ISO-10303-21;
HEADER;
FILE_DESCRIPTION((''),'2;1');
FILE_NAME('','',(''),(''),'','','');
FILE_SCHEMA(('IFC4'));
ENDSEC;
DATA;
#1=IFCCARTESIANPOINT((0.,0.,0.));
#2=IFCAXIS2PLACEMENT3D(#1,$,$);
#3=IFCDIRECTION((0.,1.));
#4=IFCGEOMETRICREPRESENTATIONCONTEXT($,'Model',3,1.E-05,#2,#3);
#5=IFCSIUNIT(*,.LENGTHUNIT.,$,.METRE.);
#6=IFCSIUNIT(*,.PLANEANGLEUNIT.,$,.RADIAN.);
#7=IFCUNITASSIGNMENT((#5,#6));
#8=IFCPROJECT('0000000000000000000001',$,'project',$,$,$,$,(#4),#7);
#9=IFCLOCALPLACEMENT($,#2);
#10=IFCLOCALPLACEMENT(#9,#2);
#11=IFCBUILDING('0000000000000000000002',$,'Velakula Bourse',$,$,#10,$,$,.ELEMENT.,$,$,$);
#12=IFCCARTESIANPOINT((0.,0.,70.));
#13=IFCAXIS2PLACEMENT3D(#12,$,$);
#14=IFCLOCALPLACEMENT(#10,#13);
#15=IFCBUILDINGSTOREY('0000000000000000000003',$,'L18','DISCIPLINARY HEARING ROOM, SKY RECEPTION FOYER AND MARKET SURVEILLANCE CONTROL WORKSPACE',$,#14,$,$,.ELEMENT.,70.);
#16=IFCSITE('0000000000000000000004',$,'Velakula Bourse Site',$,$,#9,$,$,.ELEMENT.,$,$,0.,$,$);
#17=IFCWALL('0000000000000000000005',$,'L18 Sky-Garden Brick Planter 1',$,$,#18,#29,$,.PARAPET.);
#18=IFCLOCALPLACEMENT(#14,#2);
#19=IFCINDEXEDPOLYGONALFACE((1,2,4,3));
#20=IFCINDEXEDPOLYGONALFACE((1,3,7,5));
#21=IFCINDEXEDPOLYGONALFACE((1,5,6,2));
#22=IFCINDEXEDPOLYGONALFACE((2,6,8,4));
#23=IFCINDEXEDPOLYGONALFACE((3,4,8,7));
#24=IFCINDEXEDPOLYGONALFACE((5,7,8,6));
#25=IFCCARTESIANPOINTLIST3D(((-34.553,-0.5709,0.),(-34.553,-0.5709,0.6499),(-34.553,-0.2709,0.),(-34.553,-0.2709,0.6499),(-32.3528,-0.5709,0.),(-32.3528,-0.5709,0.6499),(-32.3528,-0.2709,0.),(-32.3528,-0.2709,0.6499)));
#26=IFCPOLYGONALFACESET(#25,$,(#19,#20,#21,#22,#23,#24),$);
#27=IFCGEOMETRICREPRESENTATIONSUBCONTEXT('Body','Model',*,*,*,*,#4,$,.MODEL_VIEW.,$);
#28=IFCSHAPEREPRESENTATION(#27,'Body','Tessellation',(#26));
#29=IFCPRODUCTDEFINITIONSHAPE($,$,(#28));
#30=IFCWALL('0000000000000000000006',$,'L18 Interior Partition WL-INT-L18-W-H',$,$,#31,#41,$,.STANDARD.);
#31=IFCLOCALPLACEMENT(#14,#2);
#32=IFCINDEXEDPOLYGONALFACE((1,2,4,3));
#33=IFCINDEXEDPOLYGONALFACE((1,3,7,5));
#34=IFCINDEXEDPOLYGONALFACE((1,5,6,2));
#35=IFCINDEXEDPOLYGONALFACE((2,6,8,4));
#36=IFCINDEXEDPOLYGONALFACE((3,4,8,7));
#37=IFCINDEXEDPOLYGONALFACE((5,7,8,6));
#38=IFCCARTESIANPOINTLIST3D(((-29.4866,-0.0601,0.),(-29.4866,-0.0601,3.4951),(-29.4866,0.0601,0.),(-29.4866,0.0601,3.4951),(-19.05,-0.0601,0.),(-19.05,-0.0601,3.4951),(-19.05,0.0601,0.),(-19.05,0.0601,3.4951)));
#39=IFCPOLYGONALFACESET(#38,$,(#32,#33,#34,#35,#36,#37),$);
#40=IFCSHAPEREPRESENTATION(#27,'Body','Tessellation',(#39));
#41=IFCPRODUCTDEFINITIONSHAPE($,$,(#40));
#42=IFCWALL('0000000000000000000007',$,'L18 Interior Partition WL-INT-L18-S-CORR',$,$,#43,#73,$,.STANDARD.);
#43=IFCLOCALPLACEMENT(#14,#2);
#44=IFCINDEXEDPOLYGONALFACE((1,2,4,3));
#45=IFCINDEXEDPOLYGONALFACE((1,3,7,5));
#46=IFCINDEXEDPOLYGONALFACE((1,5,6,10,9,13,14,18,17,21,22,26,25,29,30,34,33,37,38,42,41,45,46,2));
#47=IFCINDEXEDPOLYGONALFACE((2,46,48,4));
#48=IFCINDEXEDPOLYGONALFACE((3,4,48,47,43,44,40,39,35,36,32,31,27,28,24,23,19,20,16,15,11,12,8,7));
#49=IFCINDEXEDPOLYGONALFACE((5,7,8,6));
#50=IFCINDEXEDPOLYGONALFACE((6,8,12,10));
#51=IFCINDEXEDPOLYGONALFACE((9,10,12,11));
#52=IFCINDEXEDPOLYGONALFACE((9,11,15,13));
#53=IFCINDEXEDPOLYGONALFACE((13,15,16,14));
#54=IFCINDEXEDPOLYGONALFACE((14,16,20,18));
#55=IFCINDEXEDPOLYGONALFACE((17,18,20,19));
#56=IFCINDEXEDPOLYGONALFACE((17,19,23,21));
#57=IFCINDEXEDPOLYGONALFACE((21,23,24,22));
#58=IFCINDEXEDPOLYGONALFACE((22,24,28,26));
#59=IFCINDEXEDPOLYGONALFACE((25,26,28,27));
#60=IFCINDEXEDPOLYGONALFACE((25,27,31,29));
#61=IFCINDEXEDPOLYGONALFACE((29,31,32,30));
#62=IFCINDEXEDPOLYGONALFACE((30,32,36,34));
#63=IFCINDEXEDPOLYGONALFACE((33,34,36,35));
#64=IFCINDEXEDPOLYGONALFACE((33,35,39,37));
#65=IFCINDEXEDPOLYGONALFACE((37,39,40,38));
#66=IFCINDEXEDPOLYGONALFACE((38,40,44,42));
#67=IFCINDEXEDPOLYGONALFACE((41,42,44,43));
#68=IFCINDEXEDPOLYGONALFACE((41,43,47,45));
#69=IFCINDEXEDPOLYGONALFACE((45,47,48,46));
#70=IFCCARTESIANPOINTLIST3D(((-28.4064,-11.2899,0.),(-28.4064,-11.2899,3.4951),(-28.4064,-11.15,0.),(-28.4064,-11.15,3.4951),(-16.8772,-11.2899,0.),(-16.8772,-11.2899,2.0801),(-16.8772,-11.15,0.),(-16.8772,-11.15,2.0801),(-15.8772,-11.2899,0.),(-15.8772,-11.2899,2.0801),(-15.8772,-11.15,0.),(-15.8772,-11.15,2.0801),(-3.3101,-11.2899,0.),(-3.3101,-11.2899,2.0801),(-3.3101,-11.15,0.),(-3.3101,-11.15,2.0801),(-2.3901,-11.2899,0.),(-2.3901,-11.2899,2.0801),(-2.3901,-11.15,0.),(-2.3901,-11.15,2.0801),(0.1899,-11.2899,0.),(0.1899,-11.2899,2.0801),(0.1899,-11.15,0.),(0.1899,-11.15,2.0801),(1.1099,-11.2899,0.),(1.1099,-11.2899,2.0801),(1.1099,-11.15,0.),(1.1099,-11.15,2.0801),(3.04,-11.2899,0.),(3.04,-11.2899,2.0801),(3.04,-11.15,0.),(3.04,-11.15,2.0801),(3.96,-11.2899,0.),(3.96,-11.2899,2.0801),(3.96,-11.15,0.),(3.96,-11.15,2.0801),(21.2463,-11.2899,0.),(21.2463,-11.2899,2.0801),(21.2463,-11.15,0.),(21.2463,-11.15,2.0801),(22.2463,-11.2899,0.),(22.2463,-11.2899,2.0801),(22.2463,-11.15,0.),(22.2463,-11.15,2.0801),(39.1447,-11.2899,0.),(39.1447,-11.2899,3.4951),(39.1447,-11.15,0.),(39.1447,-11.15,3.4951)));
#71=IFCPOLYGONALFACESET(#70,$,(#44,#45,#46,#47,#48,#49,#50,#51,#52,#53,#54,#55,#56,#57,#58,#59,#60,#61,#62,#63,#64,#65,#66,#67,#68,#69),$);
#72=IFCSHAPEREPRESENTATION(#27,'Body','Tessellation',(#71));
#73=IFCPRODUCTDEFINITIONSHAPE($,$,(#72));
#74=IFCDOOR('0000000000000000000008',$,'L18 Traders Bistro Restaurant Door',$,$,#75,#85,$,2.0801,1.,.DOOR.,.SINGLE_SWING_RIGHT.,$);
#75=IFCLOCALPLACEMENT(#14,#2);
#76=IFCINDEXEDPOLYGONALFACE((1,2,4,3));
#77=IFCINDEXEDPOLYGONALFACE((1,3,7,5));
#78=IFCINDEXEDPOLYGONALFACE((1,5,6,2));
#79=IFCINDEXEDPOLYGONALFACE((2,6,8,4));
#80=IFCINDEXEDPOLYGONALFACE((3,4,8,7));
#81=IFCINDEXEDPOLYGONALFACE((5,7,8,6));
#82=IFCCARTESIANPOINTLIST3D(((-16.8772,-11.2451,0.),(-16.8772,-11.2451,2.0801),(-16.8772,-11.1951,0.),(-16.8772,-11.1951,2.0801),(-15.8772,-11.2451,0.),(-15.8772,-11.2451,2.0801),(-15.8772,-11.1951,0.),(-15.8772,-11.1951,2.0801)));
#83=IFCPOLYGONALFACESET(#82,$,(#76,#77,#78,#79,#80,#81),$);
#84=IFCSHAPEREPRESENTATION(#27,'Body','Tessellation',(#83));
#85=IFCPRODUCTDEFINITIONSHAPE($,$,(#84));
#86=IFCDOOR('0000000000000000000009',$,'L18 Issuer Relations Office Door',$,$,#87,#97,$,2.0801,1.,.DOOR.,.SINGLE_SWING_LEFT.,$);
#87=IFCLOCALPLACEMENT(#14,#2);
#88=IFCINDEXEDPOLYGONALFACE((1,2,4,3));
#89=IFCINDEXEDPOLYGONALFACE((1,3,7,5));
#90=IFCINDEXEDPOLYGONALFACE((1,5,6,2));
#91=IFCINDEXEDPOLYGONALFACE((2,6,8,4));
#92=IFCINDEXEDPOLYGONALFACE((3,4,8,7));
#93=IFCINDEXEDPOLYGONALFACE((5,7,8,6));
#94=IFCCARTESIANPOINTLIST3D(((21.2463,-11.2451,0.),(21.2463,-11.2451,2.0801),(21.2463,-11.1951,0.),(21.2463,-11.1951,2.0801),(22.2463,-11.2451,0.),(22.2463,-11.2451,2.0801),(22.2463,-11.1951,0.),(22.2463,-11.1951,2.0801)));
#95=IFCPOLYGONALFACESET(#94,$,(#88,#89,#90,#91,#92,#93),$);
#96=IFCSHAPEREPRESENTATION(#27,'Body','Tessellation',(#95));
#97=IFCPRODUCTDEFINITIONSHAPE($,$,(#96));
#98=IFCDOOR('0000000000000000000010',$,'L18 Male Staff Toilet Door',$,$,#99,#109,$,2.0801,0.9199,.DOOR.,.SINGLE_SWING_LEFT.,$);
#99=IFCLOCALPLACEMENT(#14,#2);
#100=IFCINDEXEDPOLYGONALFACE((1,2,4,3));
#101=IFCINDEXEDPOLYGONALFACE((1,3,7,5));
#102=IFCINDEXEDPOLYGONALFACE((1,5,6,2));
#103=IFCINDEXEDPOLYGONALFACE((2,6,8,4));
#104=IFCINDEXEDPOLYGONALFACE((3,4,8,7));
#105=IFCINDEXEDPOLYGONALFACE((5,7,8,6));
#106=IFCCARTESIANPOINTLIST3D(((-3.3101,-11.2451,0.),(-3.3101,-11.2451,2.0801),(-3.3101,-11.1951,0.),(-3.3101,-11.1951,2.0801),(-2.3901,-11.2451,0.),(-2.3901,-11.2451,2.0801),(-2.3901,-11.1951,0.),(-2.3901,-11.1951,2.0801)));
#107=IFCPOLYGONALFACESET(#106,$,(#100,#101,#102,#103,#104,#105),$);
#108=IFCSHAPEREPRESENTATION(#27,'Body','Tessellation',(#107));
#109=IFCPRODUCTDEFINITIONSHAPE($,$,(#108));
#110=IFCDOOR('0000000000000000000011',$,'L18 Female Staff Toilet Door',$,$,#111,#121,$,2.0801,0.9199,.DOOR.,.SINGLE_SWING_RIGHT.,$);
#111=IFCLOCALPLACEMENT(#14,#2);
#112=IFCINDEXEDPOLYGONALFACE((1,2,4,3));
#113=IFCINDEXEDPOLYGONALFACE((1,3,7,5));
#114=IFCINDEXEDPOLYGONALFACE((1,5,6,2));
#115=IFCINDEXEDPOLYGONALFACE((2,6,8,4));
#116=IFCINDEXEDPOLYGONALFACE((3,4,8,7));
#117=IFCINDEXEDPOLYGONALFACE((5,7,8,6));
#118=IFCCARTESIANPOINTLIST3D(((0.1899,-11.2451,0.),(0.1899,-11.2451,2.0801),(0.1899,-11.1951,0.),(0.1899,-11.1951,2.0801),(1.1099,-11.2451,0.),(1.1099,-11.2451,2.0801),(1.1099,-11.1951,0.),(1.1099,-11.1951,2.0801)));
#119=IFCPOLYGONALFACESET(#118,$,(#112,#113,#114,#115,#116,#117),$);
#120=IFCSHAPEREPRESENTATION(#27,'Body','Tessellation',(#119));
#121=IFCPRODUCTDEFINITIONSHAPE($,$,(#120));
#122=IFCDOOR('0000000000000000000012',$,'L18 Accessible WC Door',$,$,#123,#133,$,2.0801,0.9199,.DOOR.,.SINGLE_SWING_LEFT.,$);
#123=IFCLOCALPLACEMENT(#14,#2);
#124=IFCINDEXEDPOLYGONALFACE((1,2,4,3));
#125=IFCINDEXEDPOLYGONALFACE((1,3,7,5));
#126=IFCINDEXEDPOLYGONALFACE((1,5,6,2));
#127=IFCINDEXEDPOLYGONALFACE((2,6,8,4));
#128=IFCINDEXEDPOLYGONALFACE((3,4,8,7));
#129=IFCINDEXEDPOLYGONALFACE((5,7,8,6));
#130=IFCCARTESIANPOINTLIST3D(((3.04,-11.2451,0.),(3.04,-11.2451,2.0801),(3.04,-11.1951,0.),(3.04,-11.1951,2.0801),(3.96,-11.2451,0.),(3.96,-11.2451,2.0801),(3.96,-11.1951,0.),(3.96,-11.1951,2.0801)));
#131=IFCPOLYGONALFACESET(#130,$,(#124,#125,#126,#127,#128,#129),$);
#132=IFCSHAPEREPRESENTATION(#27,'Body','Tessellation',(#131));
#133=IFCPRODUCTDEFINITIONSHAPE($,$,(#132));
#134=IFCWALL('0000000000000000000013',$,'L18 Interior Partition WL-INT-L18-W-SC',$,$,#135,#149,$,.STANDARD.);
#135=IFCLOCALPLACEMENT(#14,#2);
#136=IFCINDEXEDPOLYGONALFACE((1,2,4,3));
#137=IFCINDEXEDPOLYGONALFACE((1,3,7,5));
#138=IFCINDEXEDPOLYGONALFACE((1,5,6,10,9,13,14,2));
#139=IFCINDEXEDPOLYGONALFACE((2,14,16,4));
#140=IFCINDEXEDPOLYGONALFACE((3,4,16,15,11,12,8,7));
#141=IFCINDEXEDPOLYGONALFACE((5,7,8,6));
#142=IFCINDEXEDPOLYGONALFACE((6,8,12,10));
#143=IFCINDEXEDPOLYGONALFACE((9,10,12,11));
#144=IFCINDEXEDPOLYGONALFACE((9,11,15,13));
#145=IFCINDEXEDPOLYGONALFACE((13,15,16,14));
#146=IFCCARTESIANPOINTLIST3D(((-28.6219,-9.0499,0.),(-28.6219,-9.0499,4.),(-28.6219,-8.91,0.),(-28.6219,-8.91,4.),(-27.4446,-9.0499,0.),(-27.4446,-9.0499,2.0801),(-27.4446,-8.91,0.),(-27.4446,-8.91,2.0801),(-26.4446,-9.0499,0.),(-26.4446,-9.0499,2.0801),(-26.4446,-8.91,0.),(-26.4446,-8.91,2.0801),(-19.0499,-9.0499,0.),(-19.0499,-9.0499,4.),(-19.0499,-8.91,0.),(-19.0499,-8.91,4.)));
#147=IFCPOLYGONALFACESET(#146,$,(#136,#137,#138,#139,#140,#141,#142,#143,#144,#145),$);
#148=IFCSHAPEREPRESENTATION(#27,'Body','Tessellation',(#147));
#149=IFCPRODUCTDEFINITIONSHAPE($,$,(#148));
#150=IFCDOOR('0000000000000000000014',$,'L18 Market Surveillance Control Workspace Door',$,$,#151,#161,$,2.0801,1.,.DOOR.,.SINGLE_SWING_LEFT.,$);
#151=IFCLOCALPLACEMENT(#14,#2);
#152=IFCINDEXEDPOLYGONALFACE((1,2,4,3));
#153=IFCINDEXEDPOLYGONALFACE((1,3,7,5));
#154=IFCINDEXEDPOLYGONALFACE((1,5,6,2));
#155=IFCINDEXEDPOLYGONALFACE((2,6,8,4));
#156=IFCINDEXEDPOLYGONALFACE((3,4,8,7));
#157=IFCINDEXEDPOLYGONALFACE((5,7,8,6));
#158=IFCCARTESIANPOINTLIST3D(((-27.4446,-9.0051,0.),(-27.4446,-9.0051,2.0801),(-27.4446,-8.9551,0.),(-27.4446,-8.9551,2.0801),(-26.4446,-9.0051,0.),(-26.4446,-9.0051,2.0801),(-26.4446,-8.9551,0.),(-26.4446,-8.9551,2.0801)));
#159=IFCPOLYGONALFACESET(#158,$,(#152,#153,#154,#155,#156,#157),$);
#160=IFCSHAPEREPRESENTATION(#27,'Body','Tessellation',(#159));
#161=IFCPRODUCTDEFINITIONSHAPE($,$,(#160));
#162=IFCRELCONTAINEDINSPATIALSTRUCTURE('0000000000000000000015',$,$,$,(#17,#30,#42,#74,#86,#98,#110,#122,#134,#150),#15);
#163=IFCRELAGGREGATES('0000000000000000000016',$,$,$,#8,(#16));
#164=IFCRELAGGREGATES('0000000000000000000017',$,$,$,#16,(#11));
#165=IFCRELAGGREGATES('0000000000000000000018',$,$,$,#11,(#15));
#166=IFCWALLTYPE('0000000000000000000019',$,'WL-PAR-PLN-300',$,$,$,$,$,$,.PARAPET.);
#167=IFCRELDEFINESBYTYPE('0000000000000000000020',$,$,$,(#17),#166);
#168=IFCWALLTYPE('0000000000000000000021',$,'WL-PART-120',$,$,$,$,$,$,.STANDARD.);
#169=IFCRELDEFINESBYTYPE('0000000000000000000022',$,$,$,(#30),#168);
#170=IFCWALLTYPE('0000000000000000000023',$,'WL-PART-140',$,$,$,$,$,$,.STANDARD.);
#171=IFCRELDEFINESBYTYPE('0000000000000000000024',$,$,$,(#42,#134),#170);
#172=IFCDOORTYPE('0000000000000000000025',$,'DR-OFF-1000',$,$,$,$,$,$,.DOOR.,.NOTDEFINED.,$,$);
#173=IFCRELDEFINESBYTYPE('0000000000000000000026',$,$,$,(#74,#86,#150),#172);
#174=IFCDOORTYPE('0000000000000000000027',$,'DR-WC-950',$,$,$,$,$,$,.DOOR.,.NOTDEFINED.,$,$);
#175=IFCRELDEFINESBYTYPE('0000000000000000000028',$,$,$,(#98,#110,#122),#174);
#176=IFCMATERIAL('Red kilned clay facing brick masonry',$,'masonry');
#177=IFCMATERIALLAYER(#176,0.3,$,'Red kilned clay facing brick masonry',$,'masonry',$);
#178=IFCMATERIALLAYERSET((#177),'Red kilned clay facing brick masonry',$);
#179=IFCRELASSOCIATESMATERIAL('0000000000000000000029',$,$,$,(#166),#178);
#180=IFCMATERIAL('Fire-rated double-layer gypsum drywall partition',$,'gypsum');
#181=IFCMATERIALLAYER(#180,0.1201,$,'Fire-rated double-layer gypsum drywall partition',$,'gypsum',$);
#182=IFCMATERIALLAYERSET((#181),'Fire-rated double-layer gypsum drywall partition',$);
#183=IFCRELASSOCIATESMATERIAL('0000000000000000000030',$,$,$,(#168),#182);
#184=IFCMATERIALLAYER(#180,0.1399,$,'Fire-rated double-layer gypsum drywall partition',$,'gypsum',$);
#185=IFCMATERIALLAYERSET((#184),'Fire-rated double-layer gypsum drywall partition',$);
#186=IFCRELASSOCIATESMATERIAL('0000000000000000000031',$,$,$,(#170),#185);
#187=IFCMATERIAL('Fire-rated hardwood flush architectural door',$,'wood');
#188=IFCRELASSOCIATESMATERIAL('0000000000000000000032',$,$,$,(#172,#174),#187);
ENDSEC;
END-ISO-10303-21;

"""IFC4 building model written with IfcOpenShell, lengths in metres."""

from ifc_helpers import new_model, si_unit, direction, frame, frame_2d, origin, place, context, subcontext, project, spatial, rectangle, extrude, material, layer, layer_set, type_object, element, fill, save


model = new_model("IFC4")

# Units and contexts
model_context = context("Model", 3, precision=1e-05, world=origin(), true_north=direction((0.0, 1.0)))
body_context = subcontext(model_context, "Body", "Model", "MODEL_VIEW")
ifc_project = project(units=[si_unit("LENGTHUNIT", "METRE"), si_unit("PLANEANGLEUNIT", "RADIAN")], contexts=[model_context])

# Site, building, storey
site_placement = place(None, origin())
site = spatial("IfcSite", under=ifc_project, at=site_placement, Name="Velakula Bourse Site", CompositionType="ELEMENT", RefElevation=0.0)
building_placement = place(site_placement, origin())
building = spatial("IfcBuilding", under=site, at=building_placement, Name="Velakula Bourse", CompositionType="ELEMENT")
storey_placement = place(building_placement, frame((0.0, 0.0, 70.0)))
storey = spatial("IfcBuildingStorey", under=building, at=storey_placement, Name="L18", Description="DISCIPLINARY HEARING ROOM, SKY RECEPTION FOYER AND MARKET SURVEILLANCE CONTROL WORKSPACE", CompositionType="ELEMENT", Elevation=70.0)

# Shared definitions
ifc_material_1 = material(Name="Red kilned clay facing brick masonry", Category="masonry")

# Walls
ifc_layer_1 = layer(ifc_material_1, 0.3, Name="Red kilned clay facing brick masonry", Category="masonry")
ifc_layer_set_1 = layer_set([ifc_layer_1], Name="Red kilned clay facing brick masonry")
wall_type_1 = type_object("IfcWallType", Name="WL-PAR-PLN-300", PredefinedType="PARAPET", material=ifc_layer_set_1)
wall_1_placement = place(storey_placement, frame((-34.553, -0.4209, 0.0), z_axis=(0.0, 0.0, 1.0), x_axis=(1.0, 0.0, 0.0)))
element("IfcWall", 1, at=wall_1_placement, inside=storey, type_object=wall_type_1, Name="L18 Sky-Garden Brick Planter 1", PredefinedType="PARAPET", context=body_context, shape_type="SweptSolid", body=[
    extrude(rectangle(XDim=2.2002, YDim=0.3, at=frame_2d((1.1001, 0.0))), origin(), (0.0, 0.0, 1.0), 0.6499),
])
ifc_material_2 = material(Name="Fire-rated double-layer gypsum drywall partition", Category="gypsum")
ifc_layer_2 = layer(ifc_material_2, 0.1201, Name="Fire-rated double-layer gypsum drywall partition", Category="gypsum")
ifc_layer_set_2 = layer_set([ifc_layer_2], Name="Fire-rated double-layer gypsum drywall partition")
wall_type_2 = type_object("IfcWallType", Name="WL-PART-120", PredefinedType="STANDARD", material=ifc_layer_set_2)
wall_2_placement = place(storey_placement, frame((-29.4866, 0.0, 0.0), z_axis=(0.0, 0.0, 1.0), x_axis=(1.0, 0.0, 0.0)))
element("IfcWall", 2, at=wall_2_placement, inside=storey, type_object=wall_type_2, Name="L18 Interior Partition WL-INT-L18-W-H", PredefinedType="STANDARD", context=body_context, shape_type="SweptSolid", body=[
    extrude(rectangle(XDim=10.4365, YDim=0.1201, at=frame_2d((5.2183, 0.0))), origin(), (0.0, 0.0, 1.0), 3.4951),
])

# Wall, openings, doors
ifc_layer_3 = layer(ifc_material_2, 0.1399, Name="Fire-rated double-layer gypsum drywall partition", Category="gypsum")
ifc_layer_set_3 = layer_set([ifc_layer_3], Name="Fire-rated double-layer gypsum drywall partition")
wall_type_3 = type_object("IfcWallType", Name="WL-PART-140", PredefinedType="STANDARD", material=ifc_layer_set_3)
wall_3_placement = place(storey_placement, frame((-28.4062, -11.22, 0.0), z_axis=(0.0, 0.0, 1.0), x_axis=(1.0, 0.0, 0.0)))
wall_3 = element("IfcWall", 3, at=wall_3_placement, inside=storey, type_object=wall_type_3, Name="L18 Interior Partition WL-INT-L18-S-CORR", PredefinedType="STANDARD", context=body_context, shape_type="SweptSolid", body=[
    extrude(rectangle(XDim=67.551, YDim=0.1399, at=frame_2d((33.7754, 0.0))), origin(), (0.0, 0.0, 1.0), 3.4951),
])
opening_1_placement = place(wall_3_placement, frame((25.0962, 0.0, 0.0)))
opening_1 = element("IfcOpeningElement", 4, at=opening_1_placement, cuts=wall_3, PredefinedType="OPENING", context=body_context, shape_type="SweptSolid", body=[
    extrude(rectangle(XDim=0.9199, YDim=2.0801, at=frame_2d((0.46, 1.04))), frame((0.0, 0.0798, 0.0), z_axis=(0.0, -1.0, 0.0), x_axis=(1.0, 0.0, 0.0)), (0.0, 0.0, 1.0), 0.1599),
])
opening_2_placement = place(wall_3_placement, frame((28.5962, 0.0, 0.0)))
opening_2 = element("IfcOpeningElement", 5, at=opening_2_placement, cuts=wall_3, PredefinedType="OPENING", context=body_context, shape_type="SweptSolid", body=[
    extrude(rectangle(XDim=0.9199, YDim=2.0801, at=frame_2d((0.46, 1.04))), frame((0.0, 0.0798, 0.0), z_axis=(0.0, -1.0, 0.0), x_axis=(1.0, 0.0, 0.0)), (0.0, 0.0, 1.0), 0.1599),
])
opening_3_placement = place(wall_3_placement, frame((31.4463, 0.0, 0.0)))
opening_3 = element("IfcOpeningElement", 6, at=opening_3_placement, cuts=wall_3, PredefinedType="OPENING", context=body_context, shape_type="SweptSolid", body=[
    extrude(rectangle(XDim=0.9199, YDim=2.0801, at=frame_2d((0.46, 1.04))), frame((0.0, 0.0798, 0.0), z_axis=(0.0, -1.0, 0.0), x_axis=(1.0, 0.0, 0.0)), (0.0, 0.0, 1.0), 0.1599),
])
opening_4_placement = place(wall_3_placement, frame((11.5291, 0.0, 0.0)))
opening_4 = element("IfcOpeningElement", 7, at=opening_4_placement, cuts=wall_3, PredefinedType="OPENING", context=body_context, shape_type="SweptSolid", body=[
    extrude(rectangle(XDim=1.0, YDim=2.0801, at=frame_2d((0.5, 1.04))), frame((0.0, 0.0798, 0.0), z_axis=(0.0, -1.0, 0.0), x_axis=(1.0, 0.0, 0.0)), (0.0, 0.0, 1.0), 0.1599),
])
opening_5_placement = place(wall_3_placement, frame((49.6526, 0.0, 0.0)))
opening_5 = element("IfcOpeningElement", 8, at=opening_5_placement, cuts=wall_3, PredefinedType="OPENING", context=body_context, shape_type="SweptSolid", body=[
    extrude(rectangle(XDim=1.0, YDim=2.0801, at=frame_2d((0.5, 1.04))), frame((0.0, 0.0798, 0.0), z_axis=(0.0, -1.0, 0.0), x_axis=(1.0, 0.0, 0.0)), (0.0, 0.0, 1.0), 0.1599),
])
ifc_material_3 = material(Name="Fire-rated hardwood flush architectural door", Category="wood")
door_type_1 = type_object("IfcDoorType", Name="DR-OFF-1000", OperationType="NOTDEFINED", PredefinedType="DOOR", material=ifc_material_3)
door_1_placement = place(opening_4_placement, origin())
door_1 = element("IfcDoor", 9, at=door_1_placement, inside=storey, type_object=door_type_1, Name="L18 Traders Bistro Restaurant Door", OperationType="SINGLE_SWING_RIGHT", OverallHeight=2.0801, OverallWidth=1.0, PredefinedType="DOOR", context=body_context, shape_type="SweptSolid", body=[
    extrude(rectangle(XDim=1.0, YDim=2.0801, at=frame_2d((0.5, 1.04))), frame((0.0, 0.0249, 0.0), z_axis=(0.0, -1.0, 0.0), x_axis=(1.0, 0.0, 0.0)), (0.0, 0.0, 1.0), 0.05),
])
fill(opening_4, door_1)
door_2_placement = place(opening_5_placement, origin())
door_2 = element("IfcDoor", 10, at=door_2_placement, inside=storey, type_object=door_type_1, Name="L18 Issuer Relations Office Door", OperationType="SINGLE_SWING_LEFT", OverallHeight=2.0801, OverallWidth=1.0, PredefinedType="DOOR", context=body_context, shape_type="SweptSolid", body=[
    extrude(rectangle(XDim=1.0, YDim=2.0801, at=frame_2d((0.5, 1.04))), frame((0.0, 0.0249, 0.0), z_axis=(0.0, -1.0, 0.0), x_axis=(1.0, 0.0, 0.0)), (0.0, 0.0, 1.0), 0.05),
])
fill(opening_5, door_2)
door_type_2 = type_object("IfcDoorType", Name="DR-WC-950", OperationType="NOTDEFINED", PredefinedType="DOOR", material=ifc_material_3)
door_3_placement = place(opening_1_placement, origin())
door_3 = element("IfcDoor", 11, at=door_3_placement, inside=storey, type_object=door_type_2, Name="L18 Male Staff Toilet Door", OperationType="SINGLE_SWING_LEFT", OverallHeight=2.0801, OverallWidth=0.9199, PredefinedType="DOOR", context=body_context, shape_type="SweptSolid", body=[
    extrude(rectangle(XDim=0.9199, YDim=2.0801, at=frame_2d((0.46, 1.04))), frame((0.0, 0.0249, 0.0), z_axis=(0.0, -1.0, 0.0), x_axis=(1.0, 0.0, 0.0)), (0.0, 0.0, 1.0), 0.05),
])
fill(opening_1, door_3)
door_4_placement = place(opening_2_placement, origin())
door_4 = element("IfcDoor", 12, at=door_4_placement, inside=storey, type_object=door_type_2, Name="L18 Female Staff Toilet Door", OperationType="SINGLE_SWING_RIGHT", OverallHeight=2.0801, OverallWidth=0.9199, PredefinedType="DOOR", context=body_context, shape_type="SweptSolid", body=[
    extrude(rectangle(XDim=0.9199, YDim=2.0801, at=frame_2d((0.46, 1.04))), frame((0.0, 0.0249, 0.0), z_axis=(0.0, -1.0, 0.0), x_axis=(1.0, 0.0, 0.0)), (0.0, 0.0, 1.0), 0.05),
])
fill(opening_2, door_4)
door_5_placement = place(opening_3_placement, origin())
door_5 = element("IfcDoor", 13, at=door_5_placement, inside=storey, type_object=door_type_2, Name="L18 Accessible WC Door", OperationType="SINGLE_SWING_LEFT", OverallHeight=2.0801, OverallWidth=0.9199, PredefinedType="DOOR", context=body_context, shape_type="SweptSolid", body=[
    extrude(rectangle(XDim=0.9199, YDim=2.0801, at=frame_2d((0.46, 1.04))), frame((0.0, 0.0249, 0.0), z_axis=(0.0, -1.0, 0.0), x_axis=(1.0, 0.0, 0.0)), (0.0, 0.0, 1.0), 0.05),
])
fill(opening_3, door_5)

# Wall, opening, door
wall_4_placement = place(storey_placement, frame((-28.6221, -8.98, 0.0), z_axis=(0.0, 0.0, 1.0), x_axis=(1.0, 0.0, 0.0)))
wall_4 = element("IfcWall", 14, at=wall_4_placement, inside=storey, type_object=wall_type_3, Name="L18 Interior Partition WL-INT-L18-W-SC", PredefinedType="STANDARD", context=body_context, shape_type="SweptSolid", body=[
    extrude(rectangle(XDim=9.572, YDim=0.1399, at=frame_2d((4.7861, 0.0))), origin(), (0.0, 0.0, 1.0), 4.0),
])
opening_6_placement = place(wall_4_placement, frame((1.1775, 0.0, 0.0)))
opening_6 = element("IfcOpeningElement", 15, at=opening_6_placement, cuts=wall_4, PredefinedType="OPENING", context=body_context, shape_type="SweptSolid", body=[
    extrude(rectangle(XDim=1.0, YDim=2.0801, at=frame_2d((0.5, 1.04))), frame((0.0, 0.0798, 0.0), z_axis=(0.0, -1.0, 0.0), x_axis=(1.0, 0.0, 0.0)), (0.0, 0.0, 1.0), 0.1599),
])
door_6_placement = place(opening_6_placement, origin())
door_6 = element("IfcDoor", 16, at=door_6_placement, inside=storey, type_object=door_type_1, Name="L18 Market Surveillance Control Workspace Door", OperationType="SINGLE_SWING_LEFT", OverallHeight=2.0801, OverallWidth=1.0, PredefinedType="DOOR", context=body_context, shape_type="SweptSolid", body=[
    extrude(rectangle(XDim=1.0, YDim=2.0801, at=frame_2d((0.5, 1.04))), frame((0.0, 0.0249, 0.0), z_axis=(0.0, -1.0, 0.0), x_axis=(1.0, 0.0, 0.0)), (0.0, 0.0, 1.0), 0.05),
])
fill(opening_6, door_6)

save(model, "model.ifc")
